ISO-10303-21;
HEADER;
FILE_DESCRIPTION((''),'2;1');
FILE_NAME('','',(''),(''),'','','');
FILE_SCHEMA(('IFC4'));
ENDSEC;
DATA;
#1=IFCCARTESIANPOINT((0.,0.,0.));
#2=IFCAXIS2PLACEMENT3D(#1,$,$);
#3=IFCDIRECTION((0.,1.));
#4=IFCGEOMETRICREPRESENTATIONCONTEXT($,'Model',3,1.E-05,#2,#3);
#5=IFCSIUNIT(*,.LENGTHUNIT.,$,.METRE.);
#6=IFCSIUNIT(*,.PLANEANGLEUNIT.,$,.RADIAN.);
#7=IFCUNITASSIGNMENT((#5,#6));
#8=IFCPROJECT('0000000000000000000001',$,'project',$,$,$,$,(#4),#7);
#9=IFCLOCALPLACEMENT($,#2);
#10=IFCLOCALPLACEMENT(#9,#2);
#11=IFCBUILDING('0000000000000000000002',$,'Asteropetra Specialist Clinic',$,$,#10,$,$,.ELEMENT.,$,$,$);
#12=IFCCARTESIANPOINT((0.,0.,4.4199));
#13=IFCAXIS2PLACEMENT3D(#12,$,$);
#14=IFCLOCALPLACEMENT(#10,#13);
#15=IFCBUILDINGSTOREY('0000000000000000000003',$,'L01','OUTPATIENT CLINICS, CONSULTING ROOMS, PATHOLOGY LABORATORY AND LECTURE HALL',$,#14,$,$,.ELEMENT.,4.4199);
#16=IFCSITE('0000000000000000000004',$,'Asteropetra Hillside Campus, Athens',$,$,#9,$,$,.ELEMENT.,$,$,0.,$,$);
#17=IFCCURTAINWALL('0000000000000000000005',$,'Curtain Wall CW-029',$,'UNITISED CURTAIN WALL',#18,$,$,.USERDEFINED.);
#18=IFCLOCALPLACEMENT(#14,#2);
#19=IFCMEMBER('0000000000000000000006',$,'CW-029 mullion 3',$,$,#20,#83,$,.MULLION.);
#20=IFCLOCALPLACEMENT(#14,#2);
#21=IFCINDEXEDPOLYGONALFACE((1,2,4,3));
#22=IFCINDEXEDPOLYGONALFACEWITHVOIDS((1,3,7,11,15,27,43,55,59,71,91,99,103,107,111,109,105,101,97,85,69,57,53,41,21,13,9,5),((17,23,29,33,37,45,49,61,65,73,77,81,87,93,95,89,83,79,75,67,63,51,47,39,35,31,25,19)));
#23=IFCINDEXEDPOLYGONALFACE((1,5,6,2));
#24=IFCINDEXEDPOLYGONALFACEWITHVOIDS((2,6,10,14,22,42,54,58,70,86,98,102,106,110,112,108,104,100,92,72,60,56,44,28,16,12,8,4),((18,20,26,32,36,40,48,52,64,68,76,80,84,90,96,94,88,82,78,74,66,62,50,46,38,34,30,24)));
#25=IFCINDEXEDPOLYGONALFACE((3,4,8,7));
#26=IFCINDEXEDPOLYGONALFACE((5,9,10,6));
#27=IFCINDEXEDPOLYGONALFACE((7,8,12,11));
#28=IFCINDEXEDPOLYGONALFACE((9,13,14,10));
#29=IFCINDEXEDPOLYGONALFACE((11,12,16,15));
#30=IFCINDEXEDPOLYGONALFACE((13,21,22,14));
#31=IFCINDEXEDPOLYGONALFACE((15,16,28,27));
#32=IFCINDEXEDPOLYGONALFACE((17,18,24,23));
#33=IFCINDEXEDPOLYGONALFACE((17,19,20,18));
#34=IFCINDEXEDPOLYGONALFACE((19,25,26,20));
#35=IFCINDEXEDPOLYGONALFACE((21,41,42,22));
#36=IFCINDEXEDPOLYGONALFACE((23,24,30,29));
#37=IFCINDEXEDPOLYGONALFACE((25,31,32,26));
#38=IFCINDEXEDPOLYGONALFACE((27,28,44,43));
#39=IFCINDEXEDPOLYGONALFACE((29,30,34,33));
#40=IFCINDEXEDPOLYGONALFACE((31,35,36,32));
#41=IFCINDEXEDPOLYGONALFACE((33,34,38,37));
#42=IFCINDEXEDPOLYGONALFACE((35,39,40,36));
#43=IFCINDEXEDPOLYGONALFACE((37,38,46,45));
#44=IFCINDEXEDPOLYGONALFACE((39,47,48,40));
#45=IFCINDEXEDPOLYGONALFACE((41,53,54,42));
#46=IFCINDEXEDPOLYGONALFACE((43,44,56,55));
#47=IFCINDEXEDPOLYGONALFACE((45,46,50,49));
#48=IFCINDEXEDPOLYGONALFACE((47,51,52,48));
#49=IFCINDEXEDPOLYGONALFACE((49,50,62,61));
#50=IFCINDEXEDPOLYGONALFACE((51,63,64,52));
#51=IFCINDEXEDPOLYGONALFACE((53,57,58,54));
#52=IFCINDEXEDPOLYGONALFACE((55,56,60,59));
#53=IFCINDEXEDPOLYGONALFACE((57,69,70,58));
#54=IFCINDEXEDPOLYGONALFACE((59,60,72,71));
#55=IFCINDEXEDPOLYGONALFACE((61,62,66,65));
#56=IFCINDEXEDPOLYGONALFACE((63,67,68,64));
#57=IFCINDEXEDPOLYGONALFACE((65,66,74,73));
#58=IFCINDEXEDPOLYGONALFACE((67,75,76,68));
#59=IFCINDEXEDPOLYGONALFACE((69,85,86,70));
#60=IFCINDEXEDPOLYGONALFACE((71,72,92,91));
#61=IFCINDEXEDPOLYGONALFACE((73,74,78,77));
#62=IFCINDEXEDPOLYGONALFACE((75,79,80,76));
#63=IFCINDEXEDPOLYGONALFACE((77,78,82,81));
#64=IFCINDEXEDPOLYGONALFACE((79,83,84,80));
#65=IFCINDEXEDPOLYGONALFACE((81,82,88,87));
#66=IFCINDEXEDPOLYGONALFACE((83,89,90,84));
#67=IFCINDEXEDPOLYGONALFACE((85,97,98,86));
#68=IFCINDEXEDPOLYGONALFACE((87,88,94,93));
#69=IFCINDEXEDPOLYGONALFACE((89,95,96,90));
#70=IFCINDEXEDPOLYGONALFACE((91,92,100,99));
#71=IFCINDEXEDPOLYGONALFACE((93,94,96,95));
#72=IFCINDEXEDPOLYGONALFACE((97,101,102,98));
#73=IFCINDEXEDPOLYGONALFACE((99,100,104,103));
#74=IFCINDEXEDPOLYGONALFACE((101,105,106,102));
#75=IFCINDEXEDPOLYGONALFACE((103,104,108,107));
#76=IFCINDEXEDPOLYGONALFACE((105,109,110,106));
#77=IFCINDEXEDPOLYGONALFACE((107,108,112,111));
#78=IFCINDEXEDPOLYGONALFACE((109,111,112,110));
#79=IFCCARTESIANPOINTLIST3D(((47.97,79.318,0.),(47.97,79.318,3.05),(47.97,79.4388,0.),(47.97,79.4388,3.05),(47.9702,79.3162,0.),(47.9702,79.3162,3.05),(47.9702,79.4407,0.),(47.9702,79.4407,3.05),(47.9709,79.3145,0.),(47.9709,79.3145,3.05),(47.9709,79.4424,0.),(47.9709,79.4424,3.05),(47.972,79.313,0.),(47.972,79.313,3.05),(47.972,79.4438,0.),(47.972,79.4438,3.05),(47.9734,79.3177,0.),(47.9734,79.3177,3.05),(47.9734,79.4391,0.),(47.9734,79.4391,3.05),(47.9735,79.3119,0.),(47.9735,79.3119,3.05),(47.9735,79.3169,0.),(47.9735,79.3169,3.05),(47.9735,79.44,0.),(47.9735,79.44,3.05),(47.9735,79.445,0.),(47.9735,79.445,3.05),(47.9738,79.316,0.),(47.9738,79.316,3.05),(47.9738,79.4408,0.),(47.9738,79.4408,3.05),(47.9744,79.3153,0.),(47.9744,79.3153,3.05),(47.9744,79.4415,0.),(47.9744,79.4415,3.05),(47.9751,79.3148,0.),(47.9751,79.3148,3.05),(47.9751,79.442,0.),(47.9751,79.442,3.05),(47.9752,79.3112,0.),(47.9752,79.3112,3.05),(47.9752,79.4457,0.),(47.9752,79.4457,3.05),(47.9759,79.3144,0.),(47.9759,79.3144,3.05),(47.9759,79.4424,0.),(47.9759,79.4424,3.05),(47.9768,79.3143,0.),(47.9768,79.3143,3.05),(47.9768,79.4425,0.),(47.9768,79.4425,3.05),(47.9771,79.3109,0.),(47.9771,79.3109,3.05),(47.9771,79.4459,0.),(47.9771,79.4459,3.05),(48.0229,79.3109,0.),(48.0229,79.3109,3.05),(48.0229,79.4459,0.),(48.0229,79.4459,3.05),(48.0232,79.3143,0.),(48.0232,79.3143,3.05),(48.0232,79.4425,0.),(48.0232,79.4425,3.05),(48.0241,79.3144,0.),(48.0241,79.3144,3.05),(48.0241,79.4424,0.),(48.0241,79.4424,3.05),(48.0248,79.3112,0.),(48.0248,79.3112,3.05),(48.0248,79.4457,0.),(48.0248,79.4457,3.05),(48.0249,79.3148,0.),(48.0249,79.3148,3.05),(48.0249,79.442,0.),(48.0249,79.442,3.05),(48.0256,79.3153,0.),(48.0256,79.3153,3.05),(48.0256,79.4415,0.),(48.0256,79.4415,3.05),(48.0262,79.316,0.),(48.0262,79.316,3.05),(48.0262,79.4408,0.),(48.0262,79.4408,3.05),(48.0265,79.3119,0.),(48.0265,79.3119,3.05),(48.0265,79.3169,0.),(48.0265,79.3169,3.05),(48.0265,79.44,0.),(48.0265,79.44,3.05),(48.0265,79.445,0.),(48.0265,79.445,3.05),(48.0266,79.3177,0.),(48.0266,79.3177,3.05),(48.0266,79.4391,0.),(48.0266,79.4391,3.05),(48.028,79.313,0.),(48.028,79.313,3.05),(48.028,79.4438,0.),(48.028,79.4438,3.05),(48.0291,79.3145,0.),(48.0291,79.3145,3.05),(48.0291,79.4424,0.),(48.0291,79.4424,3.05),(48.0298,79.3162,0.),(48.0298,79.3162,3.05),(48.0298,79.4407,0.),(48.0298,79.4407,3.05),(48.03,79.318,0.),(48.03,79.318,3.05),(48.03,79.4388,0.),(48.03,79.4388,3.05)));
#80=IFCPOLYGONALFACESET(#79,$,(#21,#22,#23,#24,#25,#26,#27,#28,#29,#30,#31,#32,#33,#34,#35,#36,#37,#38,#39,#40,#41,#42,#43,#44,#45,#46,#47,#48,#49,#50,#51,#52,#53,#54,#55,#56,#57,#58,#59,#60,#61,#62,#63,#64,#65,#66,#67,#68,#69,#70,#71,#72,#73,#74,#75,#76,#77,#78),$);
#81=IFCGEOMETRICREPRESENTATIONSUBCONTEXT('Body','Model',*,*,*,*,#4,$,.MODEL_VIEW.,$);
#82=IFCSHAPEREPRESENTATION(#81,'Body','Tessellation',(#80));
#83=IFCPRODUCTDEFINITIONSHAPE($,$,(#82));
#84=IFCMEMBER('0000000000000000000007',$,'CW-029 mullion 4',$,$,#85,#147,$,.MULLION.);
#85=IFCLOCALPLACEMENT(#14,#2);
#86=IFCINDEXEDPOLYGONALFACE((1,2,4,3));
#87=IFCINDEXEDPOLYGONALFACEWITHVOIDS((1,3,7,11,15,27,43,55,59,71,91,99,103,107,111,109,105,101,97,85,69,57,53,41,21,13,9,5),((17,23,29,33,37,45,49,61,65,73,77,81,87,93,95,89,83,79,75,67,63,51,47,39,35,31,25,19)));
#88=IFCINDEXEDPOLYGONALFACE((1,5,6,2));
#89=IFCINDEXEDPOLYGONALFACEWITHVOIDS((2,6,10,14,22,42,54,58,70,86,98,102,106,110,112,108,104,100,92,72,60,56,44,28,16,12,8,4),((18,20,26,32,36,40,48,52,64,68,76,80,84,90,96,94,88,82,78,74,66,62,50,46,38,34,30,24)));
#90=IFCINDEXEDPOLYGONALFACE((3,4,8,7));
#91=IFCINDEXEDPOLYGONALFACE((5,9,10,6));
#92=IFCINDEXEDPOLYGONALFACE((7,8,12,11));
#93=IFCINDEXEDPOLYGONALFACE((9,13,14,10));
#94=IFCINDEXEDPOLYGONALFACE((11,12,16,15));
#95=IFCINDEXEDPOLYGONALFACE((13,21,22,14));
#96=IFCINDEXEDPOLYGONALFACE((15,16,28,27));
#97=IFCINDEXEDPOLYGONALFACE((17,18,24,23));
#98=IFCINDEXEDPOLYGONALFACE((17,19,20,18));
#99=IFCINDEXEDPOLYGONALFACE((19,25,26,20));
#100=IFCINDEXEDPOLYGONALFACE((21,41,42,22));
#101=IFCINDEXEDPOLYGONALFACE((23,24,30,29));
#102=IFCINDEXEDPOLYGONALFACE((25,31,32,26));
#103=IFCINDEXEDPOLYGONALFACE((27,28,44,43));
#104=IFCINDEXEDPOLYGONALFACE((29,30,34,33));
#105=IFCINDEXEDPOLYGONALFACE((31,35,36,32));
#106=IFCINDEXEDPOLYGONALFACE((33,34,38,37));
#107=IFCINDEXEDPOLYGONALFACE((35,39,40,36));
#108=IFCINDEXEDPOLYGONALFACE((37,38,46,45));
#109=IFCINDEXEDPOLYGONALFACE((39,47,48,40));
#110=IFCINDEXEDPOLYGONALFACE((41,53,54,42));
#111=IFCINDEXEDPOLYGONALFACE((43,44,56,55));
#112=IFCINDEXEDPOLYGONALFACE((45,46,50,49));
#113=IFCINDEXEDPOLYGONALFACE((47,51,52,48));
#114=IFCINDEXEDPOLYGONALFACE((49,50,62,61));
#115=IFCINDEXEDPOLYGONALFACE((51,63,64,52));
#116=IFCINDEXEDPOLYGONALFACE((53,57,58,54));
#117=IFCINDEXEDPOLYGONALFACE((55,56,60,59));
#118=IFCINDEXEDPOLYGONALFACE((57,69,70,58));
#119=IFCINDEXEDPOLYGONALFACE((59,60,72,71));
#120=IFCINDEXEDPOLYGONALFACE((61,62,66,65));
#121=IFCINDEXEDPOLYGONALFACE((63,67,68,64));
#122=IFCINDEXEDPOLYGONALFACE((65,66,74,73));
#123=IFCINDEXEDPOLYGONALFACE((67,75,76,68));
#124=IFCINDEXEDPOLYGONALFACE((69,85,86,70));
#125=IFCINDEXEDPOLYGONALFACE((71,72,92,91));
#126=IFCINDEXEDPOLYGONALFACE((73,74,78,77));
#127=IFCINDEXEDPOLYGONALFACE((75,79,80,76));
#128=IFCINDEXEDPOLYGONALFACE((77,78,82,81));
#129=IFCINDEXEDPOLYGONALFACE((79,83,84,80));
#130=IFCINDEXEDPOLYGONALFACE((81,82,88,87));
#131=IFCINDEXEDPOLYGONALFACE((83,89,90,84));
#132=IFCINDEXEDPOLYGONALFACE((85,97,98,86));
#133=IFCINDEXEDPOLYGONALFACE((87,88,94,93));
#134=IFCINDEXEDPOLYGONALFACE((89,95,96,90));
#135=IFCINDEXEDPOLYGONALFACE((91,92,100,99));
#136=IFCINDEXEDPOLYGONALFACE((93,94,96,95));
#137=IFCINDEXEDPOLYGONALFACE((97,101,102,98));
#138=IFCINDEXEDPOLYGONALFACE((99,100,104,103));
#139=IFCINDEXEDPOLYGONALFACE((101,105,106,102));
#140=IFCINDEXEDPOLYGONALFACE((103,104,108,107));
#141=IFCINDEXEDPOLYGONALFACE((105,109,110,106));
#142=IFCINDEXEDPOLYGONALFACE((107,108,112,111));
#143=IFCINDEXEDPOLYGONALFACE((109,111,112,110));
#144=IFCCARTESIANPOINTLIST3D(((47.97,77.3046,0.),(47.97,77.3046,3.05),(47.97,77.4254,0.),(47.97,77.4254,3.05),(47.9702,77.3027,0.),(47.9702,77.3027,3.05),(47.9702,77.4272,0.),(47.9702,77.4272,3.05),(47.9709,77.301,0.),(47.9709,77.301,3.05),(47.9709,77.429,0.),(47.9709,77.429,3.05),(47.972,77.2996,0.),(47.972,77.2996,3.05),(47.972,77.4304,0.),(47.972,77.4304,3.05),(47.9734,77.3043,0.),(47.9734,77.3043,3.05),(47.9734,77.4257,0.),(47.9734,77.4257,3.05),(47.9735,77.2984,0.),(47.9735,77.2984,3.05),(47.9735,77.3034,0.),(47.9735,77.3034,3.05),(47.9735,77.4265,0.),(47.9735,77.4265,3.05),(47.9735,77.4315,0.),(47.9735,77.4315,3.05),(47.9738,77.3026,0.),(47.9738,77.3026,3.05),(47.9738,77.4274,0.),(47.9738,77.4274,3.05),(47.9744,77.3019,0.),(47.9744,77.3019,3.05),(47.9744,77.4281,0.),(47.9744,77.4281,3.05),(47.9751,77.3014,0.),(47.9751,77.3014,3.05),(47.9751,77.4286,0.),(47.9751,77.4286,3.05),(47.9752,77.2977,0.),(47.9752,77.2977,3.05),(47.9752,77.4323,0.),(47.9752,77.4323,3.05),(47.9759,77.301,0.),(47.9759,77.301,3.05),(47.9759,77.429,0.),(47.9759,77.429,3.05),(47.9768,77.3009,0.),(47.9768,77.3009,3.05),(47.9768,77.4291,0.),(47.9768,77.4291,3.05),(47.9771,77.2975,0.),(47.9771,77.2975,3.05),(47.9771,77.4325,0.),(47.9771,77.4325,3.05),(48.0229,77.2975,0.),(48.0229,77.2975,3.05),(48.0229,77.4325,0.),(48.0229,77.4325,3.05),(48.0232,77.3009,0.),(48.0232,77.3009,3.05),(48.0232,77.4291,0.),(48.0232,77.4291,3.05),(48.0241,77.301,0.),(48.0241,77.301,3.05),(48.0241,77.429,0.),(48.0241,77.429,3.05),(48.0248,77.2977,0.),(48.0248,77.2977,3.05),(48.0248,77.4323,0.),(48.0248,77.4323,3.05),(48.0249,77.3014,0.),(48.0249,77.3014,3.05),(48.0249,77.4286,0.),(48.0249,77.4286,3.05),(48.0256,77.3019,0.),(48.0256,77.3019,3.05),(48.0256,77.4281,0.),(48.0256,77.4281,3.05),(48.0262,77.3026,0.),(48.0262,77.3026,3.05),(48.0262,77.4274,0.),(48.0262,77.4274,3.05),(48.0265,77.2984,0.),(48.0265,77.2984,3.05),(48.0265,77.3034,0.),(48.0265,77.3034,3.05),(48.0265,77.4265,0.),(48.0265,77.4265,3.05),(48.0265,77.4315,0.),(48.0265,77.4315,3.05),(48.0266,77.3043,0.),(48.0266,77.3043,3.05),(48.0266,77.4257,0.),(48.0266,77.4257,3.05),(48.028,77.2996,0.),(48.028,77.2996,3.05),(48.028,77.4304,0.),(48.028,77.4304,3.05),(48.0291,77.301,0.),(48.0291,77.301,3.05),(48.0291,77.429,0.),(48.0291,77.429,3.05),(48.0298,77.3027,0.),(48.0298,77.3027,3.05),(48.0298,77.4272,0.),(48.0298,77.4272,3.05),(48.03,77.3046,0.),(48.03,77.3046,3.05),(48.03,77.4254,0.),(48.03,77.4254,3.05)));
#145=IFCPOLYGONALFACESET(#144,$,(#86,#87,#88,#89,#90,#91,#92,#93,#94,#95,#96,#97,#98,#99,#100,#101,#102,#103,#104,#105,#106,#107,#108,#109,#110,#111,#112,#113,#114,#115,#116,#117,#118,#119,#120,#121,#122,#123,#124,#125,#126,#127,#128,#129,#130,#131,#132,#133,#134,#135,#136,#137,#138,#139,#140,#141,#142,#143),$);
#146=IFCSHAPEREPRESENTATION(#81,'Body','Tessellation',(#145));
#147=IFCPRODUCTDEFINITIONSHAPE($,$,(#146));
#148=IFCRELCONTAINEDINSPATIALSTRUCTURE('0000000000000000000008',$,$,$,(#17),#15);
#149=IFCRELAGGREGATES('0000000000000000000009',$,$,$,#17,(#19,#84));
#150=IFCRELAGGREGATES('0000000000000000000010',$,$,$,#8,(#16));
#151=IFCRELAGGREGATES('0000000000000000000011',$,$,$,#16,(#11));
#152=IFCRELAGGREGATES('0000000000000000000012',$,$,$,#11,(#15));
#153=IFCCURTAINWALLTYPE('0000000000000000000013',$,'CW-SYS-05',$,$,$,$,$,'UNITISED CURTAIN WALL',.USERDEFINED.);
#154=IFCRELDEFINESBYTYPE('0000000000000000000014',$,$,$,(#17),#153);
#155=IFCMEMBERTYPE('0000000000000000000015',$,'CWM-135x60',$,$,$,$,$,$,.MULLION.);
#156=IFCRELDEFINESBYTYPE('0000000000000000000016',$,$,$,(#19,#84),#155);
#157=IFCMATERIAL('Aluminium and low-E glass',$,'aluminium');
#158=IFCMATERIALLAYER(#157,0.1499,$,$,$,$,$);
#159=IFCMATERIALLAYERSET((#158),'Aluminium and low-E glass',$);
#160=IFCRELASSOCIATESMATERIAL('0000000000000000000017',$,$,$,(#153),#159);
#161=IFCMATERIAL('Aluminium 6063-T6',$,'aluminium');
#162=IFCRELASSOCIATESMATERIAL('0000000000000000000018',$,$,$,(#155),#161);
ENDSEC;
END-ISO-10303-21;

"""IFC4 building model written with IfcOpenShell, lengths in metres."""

from ifc_helpers import new_model, si_unit, direction, frame, origin, origin_2d, place, context, subcontext, project, spatial, hollow_rectangle, extrude, material, layer, layer_set, material_profile, profile_set, type_object, element, aggregate, save


model = new_model("IFC4")

# Units and contexts
model_context = context("Model", 3, precision=1e-05, world=origin(), true_north=direction((0.0, 1.0)))
body_context = subcontext(model_context, "Body", "Model", "MODEL_VIEW")
ifc_project = project(units=[si_unit("LENGTHUNIT", "METRE"), si_unit("PLANEANGLEUNIT", "RADIAN")], contexts=[model_context])

# Site, building, storey
site_placement = place(None, origin())
site = spatial("IfcSite", under=ifc_project, at=site_placement, Name="Asteropetra Hillside Campus, Athens", CompositionType="ELEMENT", RefElevation=0.0)
building_placement = place(site_placement, origin())
building = spatial("IfcBuilding", under=site, at=building_placement, Name="Asteropetra Specialist Clinic", CompositionType="ELEMENT")
storey_placement = place(building_placement, frame((0.0, 0.0, 4.4199)))
storey = spatial("IfcBuildingStorey", under=building, at=storey_placement, Name="L01", Description="OUTPATIENT CLINICS, CONSULTING ROOMS, PATHOLOGY LABORATORY AND LECTURE HALL", CompositionType="ELEMENT", Elevation=4.4199)

# Curtain wall, members
ifc_material_1 = material(Name="Aluminium and low-E glass", Category="aluminium")
ifc_layer_1 = layer(ifc_material_1, 0.1499)
ifc_layer_set_1 = layer_set([ifc_layer_1], Name="Aluminium and low-E glass")
curtain_wall_type_1 = type_object("IfcCurtainWallType", Name="CW-SYS-05", ElementType="UNITISED CURTAIN WALL", PredefinedType="USERDEFINED", material=ifc_layer_set_1)
curtain_wall_1_placement = place(storey_placement, origin())
curtain_wall_1 = element("IfcCurtainWall", 1, at=curtain_wall_1_placement, inside=storey, type_object=curtain_wall_type_1, Name="Curtain Wall CW-029", ObjectType="UNITISED CURTAIN WALL", PredefinedType="USERDEFINED")
ifc_material_2 = material(Name="Aluminium 6063-T6", Category="aluminium")
ifc_material_profile_1 = material_profile(ifc_material_2, hollow_rectangle(XDim=0.0601, YDim=0.135, WallThickness=0.0034, InnerFilletRadius=0.0034, OuterFilletRadius=0.0071, at=origin_2d()), Name="MUL 135x60x3.5")
ifc_profile_set_1 = profile_set([ifc_material_profile_1], Name="Aluminium 6063-T6")
member_type_1 = type_object("IfcMemberType", Name="CWM-135x60", PredefinedType="MULLION", material=ifc_profile_set_1)
member_1_placement = place(storey_placement, frame((48.0, 79.3784, 0.0), z_axis=(0.0, 0.0, 1.0), x_axis=(1.0, 0.0, 0.0)))
member_1 = element("IfcMember", 2, at=member_1_placement, type_object=member_type_1, Name="CW-029 mullion 3", PredefinedType="MULLION", context=body_context, shape_type="SweptSolid", body=[
    extrude(hollow_rectangle(XDim=0.0601, YDim=0.135, WallThickness=0.0034, InnerFilletRadius=0.0034, OuterFilletRadius=0.0071, at=origin_2d()), origin(), (0.0, 0.0, 1.0), 3.05),
])
member_2_placement = place(storey_placement, frame((48.0, 77.365, 0.0), z_axis=(0.0, 0.0, 1.0), x_axis=(1.0, 0.0, 0.0)))
member_2 = element("IfcMember", 3, at=member_2_placement, type_object=member_type_1, Name="CW-029 mullion 4", PredefinedType="MULLION", context=body_context, shape_type="SweptSolid", body=[
    extrude(hollow_rectangle(XDim=0.0601, YDim=0.135, WallThickness=0.0034, InnerFilletRadius=0.0034, OuterFilletRadius=0.0071, at=origin_2d()), origin(), (0.0, 0.0, 1.0), 3.05),
])

aggregate(curtain_wall_1, [member_1, member_2])

save(model, "model.ifc")
